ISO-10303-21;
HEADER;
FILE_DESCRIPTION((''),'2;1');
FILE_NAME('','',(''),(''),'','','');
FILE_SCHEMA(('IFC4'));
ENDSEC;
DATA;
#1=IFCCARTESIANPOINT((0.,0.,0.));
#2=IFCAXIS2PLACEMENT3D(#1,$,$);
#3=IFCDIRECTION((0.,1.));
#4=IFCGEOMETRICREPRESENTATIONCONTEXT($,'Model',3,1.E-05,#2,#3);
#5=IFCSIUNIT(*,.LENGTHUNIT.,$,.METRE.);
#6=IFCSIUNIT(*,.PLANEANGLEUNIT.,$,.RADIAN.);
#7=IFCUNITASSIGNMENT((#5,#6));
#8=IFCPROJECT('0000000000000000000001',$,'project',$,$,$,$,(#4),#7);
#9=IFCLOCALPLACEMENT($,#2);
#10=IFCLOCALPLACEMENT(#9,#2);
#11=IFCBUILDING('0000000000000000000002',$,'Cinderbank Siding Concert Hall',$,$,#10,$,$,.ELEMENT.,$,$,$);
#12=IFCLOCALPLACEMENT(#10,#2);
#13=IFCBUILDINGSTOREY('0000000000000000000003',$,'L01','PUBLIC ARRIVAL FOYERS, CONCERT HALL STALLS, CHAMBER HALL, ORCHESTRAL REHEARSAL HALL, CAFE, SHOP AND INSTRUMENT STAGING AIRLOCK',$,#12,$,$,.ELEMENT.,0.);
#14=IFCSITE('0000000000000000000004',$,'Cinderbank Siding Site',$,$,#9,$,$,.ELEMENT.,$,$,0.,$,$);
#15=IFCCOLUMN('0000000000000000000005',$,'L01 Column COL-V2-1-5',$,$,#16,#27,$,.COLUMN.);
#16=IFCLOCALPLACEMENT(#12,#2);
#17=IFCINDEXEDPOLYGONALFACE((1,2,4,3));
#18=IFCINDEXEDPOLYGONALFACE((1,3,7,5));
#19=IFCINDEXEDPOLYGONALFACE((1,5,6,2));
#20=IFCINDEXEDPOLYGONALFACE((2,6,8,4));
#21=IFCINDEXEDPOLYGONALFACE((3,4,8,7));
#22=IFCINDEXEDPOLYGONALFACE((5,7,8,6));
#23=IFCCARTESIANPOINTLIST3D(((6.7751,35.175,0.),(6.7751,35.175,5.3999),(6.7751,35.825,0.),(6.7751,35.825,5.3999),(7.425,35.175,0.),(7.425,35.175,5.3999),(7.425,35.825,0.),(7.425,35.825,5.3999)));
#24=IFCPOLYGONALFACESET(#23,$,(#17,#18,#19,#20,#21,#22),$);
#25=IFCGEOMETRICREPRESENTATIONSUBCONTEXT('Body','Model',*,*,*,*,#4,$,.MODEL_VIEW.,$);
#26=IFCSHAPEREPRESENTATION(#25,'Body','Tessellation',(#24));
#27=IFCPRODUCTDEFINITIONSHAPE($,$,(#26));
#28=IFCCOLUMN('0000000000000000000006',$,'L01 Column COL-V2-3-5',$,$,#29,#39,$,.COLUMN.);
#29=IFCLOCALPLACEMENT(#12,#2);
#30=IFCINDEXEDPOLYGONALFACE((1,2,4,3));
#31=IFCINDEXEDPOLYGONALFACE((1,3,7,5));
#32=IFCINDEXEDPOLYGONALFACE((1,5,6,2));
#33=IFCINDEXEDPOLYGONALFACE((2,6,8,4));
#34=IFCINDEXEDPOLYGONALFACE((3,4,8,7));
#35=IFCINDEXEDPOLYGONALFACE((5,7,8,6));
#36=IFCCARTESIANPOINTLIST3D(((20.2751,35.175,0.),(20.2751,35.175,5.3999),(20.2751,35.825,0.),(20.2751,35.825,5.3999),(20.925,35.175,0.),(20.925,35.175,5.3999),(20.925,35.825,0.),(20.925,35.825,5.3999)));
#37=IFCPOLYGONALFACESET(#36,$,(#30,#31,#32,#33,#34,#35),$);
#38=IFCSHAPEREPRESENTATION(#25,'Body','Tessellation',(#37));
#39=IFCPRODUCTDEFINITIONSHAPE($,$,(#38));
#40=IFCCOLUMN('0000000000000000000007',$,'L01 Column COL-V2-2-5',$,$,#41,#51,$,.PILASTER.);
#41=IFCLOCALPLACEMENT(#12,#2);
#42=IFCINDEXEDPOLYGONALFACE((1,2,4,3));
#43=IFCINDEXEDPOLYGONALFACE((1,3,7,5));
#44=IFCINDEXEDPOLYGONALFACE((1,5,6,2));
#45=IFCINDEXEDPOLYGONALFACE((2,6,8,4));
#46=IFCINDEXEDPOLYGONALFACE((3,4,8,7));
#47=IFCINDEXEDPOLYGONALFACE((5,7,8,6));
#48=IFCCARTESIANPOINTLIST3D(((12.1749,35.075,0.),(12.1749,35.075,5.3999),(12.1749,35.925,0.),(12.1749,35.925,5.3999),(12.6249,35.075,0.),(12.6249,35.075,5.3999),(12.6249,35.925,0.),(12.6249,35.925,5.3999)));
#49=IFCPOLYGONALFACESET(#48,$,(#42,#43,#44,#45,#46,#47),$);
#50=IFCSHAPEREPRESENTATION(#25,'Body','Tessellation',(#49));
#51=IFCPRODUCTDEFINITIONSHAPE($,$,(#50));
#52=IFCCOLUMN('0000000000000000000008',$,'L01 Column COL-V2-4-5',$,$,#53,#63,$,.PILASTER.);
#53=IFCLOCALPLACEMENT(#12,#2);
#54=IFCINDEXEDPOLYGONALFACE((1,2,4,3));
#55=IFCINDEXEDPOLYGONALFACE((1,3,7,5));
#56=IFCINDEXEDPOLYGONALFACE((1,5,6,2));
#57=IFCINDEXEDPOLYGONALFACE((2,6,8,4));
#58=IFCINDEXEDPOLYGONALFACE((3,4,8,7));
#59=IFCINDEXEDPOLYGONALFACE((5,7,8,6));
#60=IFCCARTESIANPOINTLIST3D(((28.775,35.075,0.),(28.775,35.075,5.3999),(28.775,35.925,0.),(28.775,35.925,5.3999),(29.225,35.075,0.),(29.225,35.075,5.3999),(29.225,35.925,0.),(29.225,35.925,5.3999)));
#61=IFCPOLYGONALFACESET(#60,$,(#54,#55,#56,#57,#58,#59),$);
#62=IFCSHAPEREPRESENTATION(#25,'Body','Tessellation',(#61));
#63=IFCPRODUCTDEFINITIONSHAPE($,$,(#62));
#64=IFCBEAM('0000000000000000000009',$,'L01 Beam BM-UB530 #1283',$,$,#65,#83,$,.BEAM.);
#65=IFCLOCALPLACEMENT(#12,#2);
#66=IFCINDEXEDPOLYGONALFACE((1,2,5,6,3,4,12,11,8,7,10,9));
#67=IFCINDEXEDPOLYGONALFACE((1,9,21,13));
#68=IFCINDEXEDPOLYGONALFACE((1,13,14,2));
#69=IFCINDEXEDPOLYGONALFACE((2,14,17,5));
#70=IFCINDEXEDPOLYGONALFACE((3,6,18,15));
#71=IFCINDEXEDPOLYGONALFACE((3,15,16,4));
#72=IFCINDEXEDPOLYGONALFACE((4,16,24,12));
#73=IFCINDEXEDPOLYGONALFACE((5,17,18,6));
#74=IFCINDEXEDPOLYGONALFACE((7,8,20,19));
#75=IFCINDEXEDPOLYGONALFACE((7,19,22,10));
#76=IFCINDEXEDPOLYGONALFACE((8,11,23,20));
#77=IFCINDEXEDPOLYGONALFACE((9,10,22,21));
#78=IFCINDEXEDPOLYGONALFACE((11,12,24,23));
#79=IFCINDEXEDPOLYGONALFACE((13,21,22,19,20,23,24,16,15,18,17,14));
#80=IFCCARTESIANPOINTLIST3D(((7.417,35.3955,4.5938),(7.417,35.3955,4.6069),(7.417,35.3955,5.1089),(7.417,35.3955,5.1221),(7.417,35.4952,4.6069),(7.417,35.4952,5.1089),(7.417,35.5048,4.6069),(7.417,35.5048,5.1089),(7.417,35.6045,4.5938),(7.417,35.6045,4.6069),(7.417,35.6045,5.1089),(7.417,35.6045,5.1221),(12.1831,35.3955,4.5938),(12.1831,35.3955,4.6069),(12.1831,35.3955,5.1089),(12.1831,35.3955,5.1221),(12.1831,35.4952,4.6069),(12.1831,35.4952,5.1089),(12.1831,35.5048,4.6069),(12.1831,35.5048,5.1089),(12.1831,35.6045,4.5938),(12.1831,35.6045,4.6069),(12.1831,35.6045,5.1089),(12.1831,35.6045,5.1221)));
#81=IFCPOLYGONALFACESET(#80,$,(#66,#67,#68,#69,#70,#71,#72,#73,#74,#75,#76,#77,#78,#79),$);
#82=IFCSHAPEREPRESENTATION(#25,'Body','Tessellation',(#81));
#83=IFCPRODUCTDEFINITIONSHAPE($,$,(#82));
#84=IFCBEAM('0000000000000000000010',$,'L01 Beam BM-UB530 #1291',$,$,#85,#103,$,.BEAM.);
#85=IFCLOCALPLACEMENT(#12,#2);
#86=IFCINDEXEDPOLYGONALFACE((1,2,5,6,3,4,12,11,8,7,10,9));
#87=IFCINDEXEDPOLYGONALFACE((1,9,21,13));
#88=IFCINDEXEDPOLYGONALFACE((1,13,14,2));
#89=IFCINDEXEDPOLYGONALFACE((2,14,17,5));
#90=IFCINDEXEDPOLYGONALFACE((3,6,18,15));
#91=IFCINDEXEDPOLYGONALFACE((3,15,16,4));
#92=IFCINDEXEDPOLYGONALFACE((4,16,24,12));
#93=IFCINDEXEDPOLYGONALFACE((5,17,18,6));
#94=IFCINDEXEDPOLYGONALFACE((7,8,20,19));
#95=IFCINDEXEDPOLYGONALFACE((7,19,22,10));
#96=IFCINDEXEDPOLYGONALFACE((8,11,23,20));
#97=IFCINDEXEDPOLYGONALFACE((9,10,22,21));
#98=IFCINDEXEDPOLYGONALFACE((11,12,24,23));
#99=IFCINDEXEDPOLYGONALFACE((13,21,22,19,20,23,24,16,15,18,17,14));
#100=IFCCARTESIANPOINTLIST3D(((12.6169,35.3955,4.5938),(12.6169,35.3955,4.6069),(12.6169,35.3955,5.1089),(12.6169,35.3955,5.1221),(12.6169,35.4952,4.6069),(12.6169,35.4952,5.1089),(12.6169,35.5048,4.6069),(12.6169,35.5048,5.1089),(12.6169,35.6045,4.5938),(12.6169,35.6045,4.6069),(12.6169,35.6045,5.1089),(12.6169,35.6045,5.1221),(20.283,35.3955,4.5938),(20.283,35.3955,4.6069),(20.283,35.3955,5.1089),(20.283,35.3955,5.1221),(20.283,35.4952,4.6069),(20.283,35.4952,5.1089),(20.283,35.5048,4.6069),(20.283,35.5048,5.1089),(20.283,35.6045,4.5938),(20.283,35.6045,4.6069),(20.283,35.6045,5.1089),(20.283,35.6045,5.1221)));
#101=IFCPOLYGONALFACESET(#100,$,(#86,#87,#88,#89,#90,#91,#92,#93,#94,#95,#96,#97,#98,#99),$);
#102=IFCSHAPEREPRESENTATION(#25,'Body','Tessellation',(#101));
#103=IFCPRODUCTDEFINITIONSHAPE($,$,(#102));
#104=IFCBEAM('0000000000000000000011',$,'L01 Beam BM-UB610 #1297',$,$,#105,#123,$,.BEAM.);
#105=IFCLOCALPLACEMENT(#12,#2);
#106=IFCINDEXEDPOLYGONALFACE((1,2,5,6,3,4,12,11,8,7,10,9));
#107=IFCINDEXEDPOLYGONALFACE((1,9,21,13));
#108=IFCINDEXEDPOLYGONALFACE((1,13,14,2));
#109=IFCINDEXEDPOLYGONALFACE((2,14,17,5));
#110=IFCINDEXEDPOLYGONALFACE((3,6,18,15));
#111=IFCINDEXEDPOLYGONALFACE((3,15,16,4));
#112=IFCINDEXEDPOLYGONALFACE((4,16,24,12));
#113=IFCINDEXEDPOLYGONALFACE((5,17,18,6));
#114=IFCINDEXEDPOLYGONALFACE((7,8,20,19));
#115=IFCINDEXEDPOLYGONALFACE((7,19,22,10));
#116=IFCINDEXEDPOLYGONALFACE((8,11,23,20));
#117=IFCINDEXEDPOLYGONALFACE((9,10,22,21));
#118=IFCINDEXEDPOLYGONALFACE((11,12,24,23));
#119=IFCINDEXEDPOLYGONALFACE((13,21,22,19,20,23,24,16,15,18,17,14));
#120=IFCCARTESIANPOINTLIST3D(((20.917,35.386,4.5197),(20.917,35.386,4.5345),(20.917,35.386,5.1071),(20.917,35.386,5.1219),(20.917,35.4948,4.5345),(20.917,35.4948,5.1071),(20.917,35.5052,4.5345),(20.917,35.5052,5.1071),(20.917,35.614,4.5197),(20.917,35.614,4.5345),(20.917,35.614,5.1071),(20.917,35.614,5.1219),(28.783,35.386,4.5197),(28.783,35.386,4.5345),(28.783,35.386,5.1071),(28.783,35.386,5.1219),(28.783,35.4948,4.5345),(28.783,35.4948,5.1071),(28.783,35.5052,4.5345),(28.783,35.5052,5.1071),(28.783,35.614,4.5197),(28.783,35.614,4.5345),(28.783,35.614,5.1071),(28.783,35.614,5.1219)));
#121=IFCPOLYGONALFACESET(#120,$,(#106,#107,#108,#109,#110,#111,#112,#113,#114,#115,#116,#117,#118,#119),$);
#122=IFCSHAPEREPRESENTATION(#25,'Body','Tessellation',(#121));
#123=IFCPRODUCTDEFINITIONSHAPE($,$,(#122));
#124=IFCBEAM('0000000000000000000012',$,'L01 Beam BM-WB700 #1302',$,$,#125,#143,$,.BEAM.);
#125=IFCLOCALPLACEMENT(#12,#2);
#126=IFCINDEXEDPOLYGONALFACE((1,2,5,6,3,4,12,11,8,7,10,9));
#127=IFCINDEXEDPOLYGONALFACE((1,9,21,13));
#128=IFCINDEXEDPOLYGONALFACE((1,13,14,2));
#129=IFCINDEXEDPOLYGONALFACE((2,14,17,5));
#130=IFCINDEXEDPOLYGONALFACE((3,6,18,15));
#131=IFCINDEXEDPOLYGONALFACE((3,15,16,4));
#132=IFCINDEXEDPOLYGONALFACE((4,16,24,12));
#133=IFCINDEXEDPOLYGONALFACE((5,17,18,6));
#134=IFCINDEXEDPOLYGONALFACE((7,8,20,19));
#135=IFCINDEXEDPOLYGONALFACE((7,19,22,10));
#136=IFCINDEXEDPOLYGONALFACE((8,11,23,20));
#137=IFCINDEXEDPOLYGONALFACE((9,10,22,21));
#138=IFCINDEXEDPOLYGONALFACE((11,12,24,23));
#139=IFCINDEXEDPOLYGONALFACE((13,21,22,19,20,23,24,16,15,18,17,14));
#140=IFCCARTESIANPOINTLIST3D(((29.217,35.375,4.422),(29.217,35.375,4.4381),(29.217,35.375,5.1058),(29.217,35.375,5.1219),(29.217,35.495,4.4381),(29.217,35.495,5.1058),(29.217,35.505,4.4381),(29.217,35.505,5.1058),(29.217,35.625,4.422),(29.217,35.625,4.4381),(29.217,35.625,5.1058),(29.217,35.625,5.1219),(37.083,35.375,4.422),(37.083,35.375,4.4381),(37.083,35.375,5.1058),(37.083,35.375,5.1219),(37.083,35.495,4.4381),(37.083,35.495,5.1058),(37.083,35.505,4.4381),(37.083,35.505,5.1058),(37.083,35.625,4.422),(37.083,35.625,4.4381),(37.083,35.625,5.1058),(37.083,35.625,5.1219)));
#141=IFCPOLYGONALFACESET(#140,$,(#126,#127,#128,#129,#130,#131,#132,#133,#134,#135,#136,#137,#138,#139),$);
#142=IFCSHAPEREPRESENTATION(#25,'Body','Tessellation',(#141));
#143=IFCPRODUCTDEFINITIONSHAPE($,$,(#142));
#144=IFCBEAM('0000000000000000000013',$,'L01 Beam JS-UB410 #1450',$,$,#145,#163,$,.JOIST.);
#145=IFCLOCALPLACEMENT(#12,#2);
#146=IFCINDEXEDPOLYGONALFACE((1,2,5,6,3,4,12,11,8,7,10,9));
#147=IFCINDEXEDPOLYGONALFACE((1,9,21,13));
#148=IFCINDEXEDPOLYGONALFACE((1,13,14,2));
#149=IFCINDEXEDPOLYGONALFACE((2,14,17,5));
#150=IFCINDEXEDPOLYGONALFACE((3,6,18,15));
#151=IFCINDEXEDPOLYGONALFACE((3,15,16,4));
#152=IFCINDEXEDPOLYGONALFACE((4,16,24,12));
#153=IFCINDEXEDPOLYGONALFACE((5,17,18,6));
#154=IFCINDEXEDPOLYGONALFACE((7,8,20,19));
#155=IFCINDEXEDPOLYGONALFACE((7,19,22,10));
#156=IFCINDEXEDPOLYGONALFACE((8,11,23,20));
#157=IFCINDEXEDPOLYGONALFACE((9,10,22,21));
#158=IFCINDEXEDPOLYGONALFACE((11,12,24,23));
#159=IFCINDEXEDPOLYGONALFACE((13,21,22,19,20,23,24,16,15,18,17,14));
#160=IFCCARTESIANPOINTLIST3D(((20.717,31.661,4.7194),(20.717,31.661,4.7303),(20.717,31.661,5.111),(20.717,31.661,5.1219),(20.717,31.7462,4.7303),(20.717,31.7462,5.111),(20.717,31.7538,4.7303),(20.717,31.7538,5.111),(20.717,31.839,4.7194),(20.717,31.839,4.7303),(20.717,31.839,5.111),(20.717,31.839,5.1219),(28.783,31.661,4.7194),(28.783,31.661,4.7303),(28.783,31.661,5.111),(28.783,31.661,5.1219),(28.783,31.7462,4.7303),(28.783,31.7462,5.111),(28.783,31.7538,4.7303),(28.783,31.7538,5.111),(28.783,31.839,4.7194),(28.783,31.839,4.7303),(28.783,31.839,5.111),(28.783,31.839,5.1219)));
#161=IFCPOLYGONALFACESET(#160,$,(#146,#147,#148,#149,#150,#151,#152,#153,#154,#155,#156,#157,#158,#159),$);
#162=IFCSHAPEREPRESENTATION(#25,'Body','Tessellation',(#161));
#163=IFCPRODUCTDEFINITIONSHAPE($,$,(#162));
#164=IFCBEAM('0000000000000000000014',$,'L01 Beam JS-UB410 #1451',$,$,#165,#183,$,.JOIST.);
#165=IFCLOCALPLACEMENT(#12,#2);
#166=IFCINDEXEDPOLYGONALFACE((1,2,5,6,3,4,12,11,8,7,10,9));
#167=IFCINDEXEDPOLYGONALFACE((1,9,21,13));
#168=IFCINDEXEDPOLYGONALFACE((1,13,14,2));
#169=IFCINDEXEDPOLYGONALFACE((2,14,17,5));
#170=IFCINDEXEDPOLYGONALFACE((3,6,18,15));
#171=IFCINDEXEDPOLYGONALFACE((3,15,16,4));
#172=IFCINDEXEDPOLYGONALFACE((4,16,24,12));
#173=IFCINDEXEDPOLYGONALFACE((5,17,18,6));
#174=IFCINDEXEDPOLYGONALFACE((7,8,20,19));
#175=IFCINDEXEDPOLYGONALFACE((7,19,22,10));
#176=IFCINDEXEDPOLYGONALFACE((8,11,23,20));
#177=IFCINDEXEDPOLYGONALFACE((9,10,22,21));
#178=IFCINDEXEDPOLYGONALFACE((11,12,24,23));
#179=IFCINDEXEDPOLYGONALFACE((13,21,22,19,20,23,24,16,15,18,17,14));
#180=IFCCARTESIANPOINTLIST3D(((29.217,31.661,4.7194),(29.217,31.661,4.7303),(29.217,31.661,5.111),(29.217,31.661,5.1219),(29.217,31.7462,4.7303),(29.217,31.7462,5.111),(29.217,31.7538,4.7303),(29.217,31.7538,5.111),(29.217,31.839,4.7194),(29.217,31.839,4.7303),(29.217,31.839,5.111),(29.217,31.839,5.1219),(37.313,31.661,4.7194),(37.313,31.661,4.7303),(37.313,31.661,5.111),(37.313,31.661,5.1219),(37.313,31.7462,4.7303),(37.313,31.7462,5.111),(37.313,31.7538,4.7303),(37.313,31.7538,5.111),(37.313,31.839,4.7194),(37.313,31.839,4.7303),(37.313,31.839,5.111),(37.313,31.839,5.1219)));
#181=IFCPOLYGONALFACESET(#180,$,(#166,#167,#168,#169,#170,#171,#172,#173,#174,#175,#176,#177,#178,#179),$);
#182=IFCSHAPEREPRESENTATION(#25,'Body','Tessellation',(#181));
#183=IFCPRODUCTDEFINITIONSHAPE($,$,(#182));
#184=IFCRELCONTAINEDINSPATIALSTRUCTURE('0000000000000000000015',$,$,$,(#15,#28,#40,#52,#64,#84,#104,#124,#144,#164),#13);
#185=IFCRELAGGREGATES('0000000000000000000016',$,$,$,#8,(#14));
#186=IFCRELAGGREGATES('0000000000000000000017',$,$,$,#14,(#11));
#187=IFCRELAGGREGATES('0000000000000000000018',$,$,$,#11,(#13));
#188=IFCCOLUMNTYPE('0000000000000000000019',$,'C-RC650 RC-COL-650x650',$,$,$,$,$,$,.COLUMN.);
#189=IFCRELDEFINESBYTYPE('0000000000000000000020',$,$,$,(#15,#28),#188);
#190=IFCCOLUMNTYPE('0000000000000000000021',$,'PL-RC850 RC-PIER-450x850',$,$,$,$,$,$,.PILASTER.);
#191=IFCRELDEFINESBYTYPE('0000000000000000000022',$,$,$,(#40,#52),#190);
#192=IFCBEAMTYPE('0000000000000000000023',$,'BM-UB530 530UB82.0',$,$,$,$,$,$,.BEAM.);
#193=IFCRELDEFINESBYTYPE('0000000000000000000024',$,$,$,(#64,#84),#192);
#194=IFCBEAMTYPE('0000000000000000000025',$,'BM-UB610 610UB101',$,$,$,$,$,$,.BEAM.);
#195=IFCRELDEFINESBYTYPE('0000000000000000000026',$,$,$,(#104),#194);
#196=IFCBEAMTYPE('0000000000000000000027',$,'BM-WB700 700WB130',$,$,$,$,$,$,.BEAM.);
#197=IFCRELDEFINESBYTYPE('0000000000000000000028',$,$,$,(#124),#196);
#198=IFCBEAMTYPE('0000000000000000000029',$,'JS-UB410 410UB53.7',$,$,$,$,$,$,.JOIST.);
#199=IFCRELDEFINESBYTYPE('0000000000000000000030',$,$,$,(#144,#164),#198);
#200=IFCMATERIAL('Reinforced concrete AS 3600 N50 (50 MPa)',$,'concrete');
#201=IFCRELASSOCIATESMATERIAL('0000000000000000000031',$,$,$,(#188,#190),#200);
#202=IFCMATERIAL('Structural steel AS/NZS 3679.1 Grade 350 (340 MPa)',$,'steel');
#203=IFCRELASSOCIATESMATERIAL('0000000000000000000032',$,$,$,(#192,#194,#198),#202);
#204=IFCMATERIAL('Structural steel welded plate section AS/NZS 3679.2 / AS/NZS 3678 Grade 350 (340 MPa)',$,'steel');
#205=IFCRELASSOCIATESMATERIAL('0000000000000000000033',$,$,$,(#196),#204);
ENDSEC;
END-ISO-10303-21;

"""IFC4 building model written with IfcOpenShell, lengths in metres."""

from ifc_helpers import new_model, si_unit, direction, frame, origin, origin_2d, place, context, subcontext, project, spatial, rectangle, i_section, extrude, material, material_profile, profile_set, type_object, element, save


model = new_model("IFC4")

# Units and contexts
model_context = context("Model", 3, precision=1e-05, world=origin(), true_north=direction((0.0, 1.0)))
body_context = subcontext(model_context, "Body", "Model", "MODEL_VIEW")
ifc_project = project(units=[si_unit("LENGTHUNIT", "METRE"), si_unit("PLANEANGLEUNIT", "RADIAN")], contexts=[model_context])

# Site, building, storey
site_placement = place(None, origin())
site = spatial("IfcSite", under=ifc_project, at=site_placement, Name="Cinderbank Siding Site", CompositionType="ELEMENT", RefElevation=0.0)
building_placement = place(site_placement, origin())
building = spatial("IfcBuilding", under=site, at=building_placement, Name="Cinderbank Siding Concert Hall", CompositionType="ELEMENT")
storey_placement = place(building_placement, origin())
storey = spatial("IfcBuildingStorey", under=building, at=storey_placement, Name="L01", Description="PUBLIC ARRIVAL FOYERS, CONCERT HALL STALLS, CHAMBER HALL, ORCHESTRAL REHEARSAL HALL, CAFE, SHOP AND INSTRUMENT STAGING AIRLOCK", CompositionType="ELEMENT", Elevation=0.0)

# Columns
ifc_material_1 = material(Name="Reinforced concrete AS 3600 N50 (50 MPa)", Category="concrete")
ifc_material_profile_1 = material_profile(ifc_material_1, rectangle(XDim=0.6499, YDim=0.6499, at=origin_2d()), Name="RC-COL-650x650", Category="LoadBearing")
ifc_profile_set_1 = profile_set([ifc_material_profile_1], Name="Reinforced concrete AS 3600 N50 (50 MPa)")
column_type_1 = type_object("IfcColumnType", Name="C-RC650 RC-COL-650x650", PredefinedType="COLUMN", material=ifc_profile_set_1)
for number, where, z_axis, x_axis, name in (
    (1, (7.1001, 35.5, 0.0), (0.0, 0.0, 1.0), (1.0, 0.0, 0.0), "L01 Column COL-V2-1-5"),
    (2, (20.6001, 35.5, 0.0), (0.0, 0.0, 1.0), (1.0, 0.0, 0.0), "L01 Column COL-V2-3-5"),
):
    element("IfcColumn", number, at=place(storey_placement, frame(where, z_axis=z_axis, x_axis=x_axis)), inside=storey, type_object=column_type_1, Name=name, PredefinedType="COLUMN", context=body_context, shape_type="SweptSolid", body=[
        extrude(rectangle(XDim=0.6499, YDim=0.6499, at=origin_2d()), origin(), (0.0, 0.0, 1.0), 5.3999),
    ])
ifc_material_profile_2 = material_profile(ifc_material_1, rectangle(XDim=0.45, YDim=0.8501, at=origin_2d()), Name="RC-PIER-450x850", Category="LoadBearing")
ifc_profile_set_2 = profile_set([ifc_material_profile_2], Name="Reinforced concrete AS 3600 N50 (50 MPa)")
column_type_2 = type_object("IfcColumnType", Name="PL-RC850 RC-PIER-450x850", PredefinedType="PILASTER", material=ifc_profile_set_2)
for number, where, z_axis, x_axis, name in (
    (3, (12.3999, 35.5, 0.0), (0.0, 0.0, 1.0), (1.0, 0.0, 0.0), "L01 Column COL-V2-2-5"),
    (4, (29.0, 35.5, 0.0), (0.0, 0.0, 1.0), (1.0, 0.0, 0.0), "L01 Column COL-V2-4-5"),
):
    element("IfcColumn", number, at=place(storey_placement, frame(where, z_axis=z_axis, x_axis=x_axis)), inside=storey, type_object=column_type_2, Name=name, PredefinedType="PILASTER", context=body_context, shape_type="SweptSolid", body=[
        extrude(rectangle(XDim=0.45, YDim=0.8501, at=origin_2d()), origin(), (0.0, 0.0, 1.0), 5.3999),
    ])

# Beams
ifc_material_2 = material(Name="Structural steel AS/NZS 3679.1 Grade 350 (340 MPa)", Category="steel")
ifc_material_profile_3 = material_profile(ifc_material_2, i_section(OverallWidth=0.209, OverallDepth=0.5283, WebThickness=0.0095, FlangeThickness=0.0132, at=origin_2d()), Name="530UB82.0", Category="LoadBearing")
ifc_profile_set_3 = profile_set([ifc_material_profile_3], Name="Structural steel AS/NZS 3679.1 Grade 350 (340 MPa)")
beam_type_1 = type_object("IfcBeamType", Name="BM-UB530 530UB82.0", PredefinedType="BEAM", material=ifc_profile_set_3)
beam_1_placement = place(storey_placement, frame((7.417, 35.5, 4.8579), z_axis=(1.0, 0.0, 0.0), x_axis=(0.0, 1.0, 0.0)))
element("IfcBeam", 5, at=beam_1_placement, inside=storey, type_object=beam_type_1, Name="L01 Beam BM-UB530 #1283", PredefinedType="BEAM", context=body_context, shape_type="SweptSolid", body=[
    extrude(i_section(OverallWidth=0.209, OverallDepth=0.5283, WebThickness=0.0095, FlangeThickness=0.0132, at=origin_2d()), origin(), (0.0, 0.0, 1.0), 4.7661),
])
beam_2_placement = place(storey_placement, frame((12.6169, 35.5, 4.8579), z_axis=(1.0, 0.0, 0.0), x_axis=(0.0, 1.0, 0.0)))
element("IfcBeam", 6, at=beam_2_placement, inside=storey, type_object=beam_type_1, Name="L01 Beam BM-UB530 #1291", PredefinedType="BEAM", context=body_context, shape_type="SweptSolid", body=[
    extrude(i_section(OverallWidth=0.209, OverallDepth=0.5283, WebThickness=0.0095, FlangeThickness=0.0132, at=origin_2d()), origin(), (0.0, 0.0, 1.0), 7.666),
])
ifc_material_profile_4 = material_profile(ifc_material_2, i_section(OverallWidth=0.228, OverallDepth=0.6023, WebThickness=0.0105, FlangeThickness=0.0149, at=origin_2d()), Name="610UB101", Category="LoadBearing")
ifc_profile_set_4 = profile_set([ifc_material_profile_4], Name="Structural steel AS/NZS 3679.1 Grade 350 (340 MPa)")
beam_type_2 = type_object("IfcBeamType", Name="BM-UB610 610UB101", PredefinedType="BEAM", material=ifc_profile_set_4)
beam_3_placement = place(storey_placement, frame((20.917, 35.5, 4.8208), z_axis=(1.0, 0.0, 0.0), x_axis=(0.0, 1.0, 0.0)))
element("IfcBeam", 7, at=beam_3_placement, inside=storey, type_object=beam_type_2, Name="L01 Beam BM-UB610 #1297", PredefinedType="BEAM", context=body_context, shape_type="SweptSolid", body=[
    extrude(i_section(OverallWidth=0.228, OverallDepth=0.6023, WebThickness=0.0105, FlangeThickness=0.0149, at=origin_2d()), origin(), (0.0, 0.0, 1.0), 7.866),
])
ifc_material_3 = material(Name="Structural steel welded plate section AS/NZS 3679.2 / AS/NZS 3678 Grade 350 (340 MPa)", Category="steel")
ifc_material_profile_5 = material_profile(ifc_material_3, i_section(OverallWidth=0.25, OverallDepth=0.7, WebThickness=0.01, FlangeThickness=0.0161, at=origin_2d()), Name="700WB130", Category="LoadBearing")
ifc_profile_set_5 = profile_set([ifc_material_profile_5], Name="Structural steel welded plate section AS/NZS 3679.2 / AS/NZS 3678 Grade 350 (340 MPa)")
beam_type_3 = type_object("IfcBeamType", Name="BM-WB700 700WB130", PredefinedType="BEAM", material=ifc_profile_set_5)
beam_4_placement = place(storey_placement, frame((29.217, 35.5, 4.772), z_axis=(1.0, 0.0, 0.0), x_axis=(0.0, 1.0, 0.0)))
element("IfcBeam", 8, at=beam_4_placement, inside=storey, type_object=beam_type_3, Name="L01 Beam BM-WB700 #1302", PredefinedType="BEAM", context=body_context, shape_type="SweptSolid", body=[
    extrude(i_section(OverallWidth=0.25, OverallDepth=0.7, WebThickness=0.01, FlangeThickness=0.0161, at=origin_2d()), origin(), (0.0, 0.0, 1.0), 7.866),
])
ifc_material_profile_6 = material_profile(ifc_material_2, i_section(OverallWidth=0.178, OverallDepth=0.4026, WebThickness=0.0076, FlangeThickness=0.011, at=origin_2d()), Name="410UB53.7", Category="LoadBearing")
ifc_profile_set_6 = profile_set([ifc_material_profile_6], Name="Structural steel AS/NZS 3679.1 Grade 350 (340 MPa)")
beam_type_4 = type_object("IfcBeamType", Name="JS-UB410 410UB53.7", PredefinedType="JOIST", material=ifc_profile_set_6)
beam_5_placement = place(storey_placement, frame((20.717, 31.75, 4.9207), z_axis=(1.0, 0.0, 0.0), x_axis=(0.0, 1.0, 0.0)))
element("IfcBeam", 9, at=beam_5_placement, inside=storey, type_object=beam_type_4, Name="L01 Beam JS-UB410 #1450", PredefinedType="JOIST", context=body_context, shape_type="SweptSolid", body=[
    extrude(i_section(OverallWidth=0.178, OverallDepth=0.4026, WebThickness=0.0076, FlangeThickness=0.011, at=origin_2d()), origin(), (0.0, 0.0, 1.0), 8.0659),
])
beam_6_placement = place(storey_placement, frame((29.217, 31.75, 4.9207), z_axis=(1.0, 0.0, 0.0), x_axis=(0.0, 1.0, 0.0)))
element("IfcBeam", 10, at=beam_6_placement, inside=storey, type_object=beam_type_4, Name="L01 Beam JS-UB410 #1451", PredefinedType="JOIST", context=body_context, shape_type="SweptSolid", body=[
    extrude(i_section(OverallWidth=0.178, OverallDepth=0.4026, WebThickness=0.0076, FlangeThickness=0.011, at=origin_2d()), origin(), (0.0, 0.0, 1.0), 8.0959),
])

save(model, "model.ifc")
